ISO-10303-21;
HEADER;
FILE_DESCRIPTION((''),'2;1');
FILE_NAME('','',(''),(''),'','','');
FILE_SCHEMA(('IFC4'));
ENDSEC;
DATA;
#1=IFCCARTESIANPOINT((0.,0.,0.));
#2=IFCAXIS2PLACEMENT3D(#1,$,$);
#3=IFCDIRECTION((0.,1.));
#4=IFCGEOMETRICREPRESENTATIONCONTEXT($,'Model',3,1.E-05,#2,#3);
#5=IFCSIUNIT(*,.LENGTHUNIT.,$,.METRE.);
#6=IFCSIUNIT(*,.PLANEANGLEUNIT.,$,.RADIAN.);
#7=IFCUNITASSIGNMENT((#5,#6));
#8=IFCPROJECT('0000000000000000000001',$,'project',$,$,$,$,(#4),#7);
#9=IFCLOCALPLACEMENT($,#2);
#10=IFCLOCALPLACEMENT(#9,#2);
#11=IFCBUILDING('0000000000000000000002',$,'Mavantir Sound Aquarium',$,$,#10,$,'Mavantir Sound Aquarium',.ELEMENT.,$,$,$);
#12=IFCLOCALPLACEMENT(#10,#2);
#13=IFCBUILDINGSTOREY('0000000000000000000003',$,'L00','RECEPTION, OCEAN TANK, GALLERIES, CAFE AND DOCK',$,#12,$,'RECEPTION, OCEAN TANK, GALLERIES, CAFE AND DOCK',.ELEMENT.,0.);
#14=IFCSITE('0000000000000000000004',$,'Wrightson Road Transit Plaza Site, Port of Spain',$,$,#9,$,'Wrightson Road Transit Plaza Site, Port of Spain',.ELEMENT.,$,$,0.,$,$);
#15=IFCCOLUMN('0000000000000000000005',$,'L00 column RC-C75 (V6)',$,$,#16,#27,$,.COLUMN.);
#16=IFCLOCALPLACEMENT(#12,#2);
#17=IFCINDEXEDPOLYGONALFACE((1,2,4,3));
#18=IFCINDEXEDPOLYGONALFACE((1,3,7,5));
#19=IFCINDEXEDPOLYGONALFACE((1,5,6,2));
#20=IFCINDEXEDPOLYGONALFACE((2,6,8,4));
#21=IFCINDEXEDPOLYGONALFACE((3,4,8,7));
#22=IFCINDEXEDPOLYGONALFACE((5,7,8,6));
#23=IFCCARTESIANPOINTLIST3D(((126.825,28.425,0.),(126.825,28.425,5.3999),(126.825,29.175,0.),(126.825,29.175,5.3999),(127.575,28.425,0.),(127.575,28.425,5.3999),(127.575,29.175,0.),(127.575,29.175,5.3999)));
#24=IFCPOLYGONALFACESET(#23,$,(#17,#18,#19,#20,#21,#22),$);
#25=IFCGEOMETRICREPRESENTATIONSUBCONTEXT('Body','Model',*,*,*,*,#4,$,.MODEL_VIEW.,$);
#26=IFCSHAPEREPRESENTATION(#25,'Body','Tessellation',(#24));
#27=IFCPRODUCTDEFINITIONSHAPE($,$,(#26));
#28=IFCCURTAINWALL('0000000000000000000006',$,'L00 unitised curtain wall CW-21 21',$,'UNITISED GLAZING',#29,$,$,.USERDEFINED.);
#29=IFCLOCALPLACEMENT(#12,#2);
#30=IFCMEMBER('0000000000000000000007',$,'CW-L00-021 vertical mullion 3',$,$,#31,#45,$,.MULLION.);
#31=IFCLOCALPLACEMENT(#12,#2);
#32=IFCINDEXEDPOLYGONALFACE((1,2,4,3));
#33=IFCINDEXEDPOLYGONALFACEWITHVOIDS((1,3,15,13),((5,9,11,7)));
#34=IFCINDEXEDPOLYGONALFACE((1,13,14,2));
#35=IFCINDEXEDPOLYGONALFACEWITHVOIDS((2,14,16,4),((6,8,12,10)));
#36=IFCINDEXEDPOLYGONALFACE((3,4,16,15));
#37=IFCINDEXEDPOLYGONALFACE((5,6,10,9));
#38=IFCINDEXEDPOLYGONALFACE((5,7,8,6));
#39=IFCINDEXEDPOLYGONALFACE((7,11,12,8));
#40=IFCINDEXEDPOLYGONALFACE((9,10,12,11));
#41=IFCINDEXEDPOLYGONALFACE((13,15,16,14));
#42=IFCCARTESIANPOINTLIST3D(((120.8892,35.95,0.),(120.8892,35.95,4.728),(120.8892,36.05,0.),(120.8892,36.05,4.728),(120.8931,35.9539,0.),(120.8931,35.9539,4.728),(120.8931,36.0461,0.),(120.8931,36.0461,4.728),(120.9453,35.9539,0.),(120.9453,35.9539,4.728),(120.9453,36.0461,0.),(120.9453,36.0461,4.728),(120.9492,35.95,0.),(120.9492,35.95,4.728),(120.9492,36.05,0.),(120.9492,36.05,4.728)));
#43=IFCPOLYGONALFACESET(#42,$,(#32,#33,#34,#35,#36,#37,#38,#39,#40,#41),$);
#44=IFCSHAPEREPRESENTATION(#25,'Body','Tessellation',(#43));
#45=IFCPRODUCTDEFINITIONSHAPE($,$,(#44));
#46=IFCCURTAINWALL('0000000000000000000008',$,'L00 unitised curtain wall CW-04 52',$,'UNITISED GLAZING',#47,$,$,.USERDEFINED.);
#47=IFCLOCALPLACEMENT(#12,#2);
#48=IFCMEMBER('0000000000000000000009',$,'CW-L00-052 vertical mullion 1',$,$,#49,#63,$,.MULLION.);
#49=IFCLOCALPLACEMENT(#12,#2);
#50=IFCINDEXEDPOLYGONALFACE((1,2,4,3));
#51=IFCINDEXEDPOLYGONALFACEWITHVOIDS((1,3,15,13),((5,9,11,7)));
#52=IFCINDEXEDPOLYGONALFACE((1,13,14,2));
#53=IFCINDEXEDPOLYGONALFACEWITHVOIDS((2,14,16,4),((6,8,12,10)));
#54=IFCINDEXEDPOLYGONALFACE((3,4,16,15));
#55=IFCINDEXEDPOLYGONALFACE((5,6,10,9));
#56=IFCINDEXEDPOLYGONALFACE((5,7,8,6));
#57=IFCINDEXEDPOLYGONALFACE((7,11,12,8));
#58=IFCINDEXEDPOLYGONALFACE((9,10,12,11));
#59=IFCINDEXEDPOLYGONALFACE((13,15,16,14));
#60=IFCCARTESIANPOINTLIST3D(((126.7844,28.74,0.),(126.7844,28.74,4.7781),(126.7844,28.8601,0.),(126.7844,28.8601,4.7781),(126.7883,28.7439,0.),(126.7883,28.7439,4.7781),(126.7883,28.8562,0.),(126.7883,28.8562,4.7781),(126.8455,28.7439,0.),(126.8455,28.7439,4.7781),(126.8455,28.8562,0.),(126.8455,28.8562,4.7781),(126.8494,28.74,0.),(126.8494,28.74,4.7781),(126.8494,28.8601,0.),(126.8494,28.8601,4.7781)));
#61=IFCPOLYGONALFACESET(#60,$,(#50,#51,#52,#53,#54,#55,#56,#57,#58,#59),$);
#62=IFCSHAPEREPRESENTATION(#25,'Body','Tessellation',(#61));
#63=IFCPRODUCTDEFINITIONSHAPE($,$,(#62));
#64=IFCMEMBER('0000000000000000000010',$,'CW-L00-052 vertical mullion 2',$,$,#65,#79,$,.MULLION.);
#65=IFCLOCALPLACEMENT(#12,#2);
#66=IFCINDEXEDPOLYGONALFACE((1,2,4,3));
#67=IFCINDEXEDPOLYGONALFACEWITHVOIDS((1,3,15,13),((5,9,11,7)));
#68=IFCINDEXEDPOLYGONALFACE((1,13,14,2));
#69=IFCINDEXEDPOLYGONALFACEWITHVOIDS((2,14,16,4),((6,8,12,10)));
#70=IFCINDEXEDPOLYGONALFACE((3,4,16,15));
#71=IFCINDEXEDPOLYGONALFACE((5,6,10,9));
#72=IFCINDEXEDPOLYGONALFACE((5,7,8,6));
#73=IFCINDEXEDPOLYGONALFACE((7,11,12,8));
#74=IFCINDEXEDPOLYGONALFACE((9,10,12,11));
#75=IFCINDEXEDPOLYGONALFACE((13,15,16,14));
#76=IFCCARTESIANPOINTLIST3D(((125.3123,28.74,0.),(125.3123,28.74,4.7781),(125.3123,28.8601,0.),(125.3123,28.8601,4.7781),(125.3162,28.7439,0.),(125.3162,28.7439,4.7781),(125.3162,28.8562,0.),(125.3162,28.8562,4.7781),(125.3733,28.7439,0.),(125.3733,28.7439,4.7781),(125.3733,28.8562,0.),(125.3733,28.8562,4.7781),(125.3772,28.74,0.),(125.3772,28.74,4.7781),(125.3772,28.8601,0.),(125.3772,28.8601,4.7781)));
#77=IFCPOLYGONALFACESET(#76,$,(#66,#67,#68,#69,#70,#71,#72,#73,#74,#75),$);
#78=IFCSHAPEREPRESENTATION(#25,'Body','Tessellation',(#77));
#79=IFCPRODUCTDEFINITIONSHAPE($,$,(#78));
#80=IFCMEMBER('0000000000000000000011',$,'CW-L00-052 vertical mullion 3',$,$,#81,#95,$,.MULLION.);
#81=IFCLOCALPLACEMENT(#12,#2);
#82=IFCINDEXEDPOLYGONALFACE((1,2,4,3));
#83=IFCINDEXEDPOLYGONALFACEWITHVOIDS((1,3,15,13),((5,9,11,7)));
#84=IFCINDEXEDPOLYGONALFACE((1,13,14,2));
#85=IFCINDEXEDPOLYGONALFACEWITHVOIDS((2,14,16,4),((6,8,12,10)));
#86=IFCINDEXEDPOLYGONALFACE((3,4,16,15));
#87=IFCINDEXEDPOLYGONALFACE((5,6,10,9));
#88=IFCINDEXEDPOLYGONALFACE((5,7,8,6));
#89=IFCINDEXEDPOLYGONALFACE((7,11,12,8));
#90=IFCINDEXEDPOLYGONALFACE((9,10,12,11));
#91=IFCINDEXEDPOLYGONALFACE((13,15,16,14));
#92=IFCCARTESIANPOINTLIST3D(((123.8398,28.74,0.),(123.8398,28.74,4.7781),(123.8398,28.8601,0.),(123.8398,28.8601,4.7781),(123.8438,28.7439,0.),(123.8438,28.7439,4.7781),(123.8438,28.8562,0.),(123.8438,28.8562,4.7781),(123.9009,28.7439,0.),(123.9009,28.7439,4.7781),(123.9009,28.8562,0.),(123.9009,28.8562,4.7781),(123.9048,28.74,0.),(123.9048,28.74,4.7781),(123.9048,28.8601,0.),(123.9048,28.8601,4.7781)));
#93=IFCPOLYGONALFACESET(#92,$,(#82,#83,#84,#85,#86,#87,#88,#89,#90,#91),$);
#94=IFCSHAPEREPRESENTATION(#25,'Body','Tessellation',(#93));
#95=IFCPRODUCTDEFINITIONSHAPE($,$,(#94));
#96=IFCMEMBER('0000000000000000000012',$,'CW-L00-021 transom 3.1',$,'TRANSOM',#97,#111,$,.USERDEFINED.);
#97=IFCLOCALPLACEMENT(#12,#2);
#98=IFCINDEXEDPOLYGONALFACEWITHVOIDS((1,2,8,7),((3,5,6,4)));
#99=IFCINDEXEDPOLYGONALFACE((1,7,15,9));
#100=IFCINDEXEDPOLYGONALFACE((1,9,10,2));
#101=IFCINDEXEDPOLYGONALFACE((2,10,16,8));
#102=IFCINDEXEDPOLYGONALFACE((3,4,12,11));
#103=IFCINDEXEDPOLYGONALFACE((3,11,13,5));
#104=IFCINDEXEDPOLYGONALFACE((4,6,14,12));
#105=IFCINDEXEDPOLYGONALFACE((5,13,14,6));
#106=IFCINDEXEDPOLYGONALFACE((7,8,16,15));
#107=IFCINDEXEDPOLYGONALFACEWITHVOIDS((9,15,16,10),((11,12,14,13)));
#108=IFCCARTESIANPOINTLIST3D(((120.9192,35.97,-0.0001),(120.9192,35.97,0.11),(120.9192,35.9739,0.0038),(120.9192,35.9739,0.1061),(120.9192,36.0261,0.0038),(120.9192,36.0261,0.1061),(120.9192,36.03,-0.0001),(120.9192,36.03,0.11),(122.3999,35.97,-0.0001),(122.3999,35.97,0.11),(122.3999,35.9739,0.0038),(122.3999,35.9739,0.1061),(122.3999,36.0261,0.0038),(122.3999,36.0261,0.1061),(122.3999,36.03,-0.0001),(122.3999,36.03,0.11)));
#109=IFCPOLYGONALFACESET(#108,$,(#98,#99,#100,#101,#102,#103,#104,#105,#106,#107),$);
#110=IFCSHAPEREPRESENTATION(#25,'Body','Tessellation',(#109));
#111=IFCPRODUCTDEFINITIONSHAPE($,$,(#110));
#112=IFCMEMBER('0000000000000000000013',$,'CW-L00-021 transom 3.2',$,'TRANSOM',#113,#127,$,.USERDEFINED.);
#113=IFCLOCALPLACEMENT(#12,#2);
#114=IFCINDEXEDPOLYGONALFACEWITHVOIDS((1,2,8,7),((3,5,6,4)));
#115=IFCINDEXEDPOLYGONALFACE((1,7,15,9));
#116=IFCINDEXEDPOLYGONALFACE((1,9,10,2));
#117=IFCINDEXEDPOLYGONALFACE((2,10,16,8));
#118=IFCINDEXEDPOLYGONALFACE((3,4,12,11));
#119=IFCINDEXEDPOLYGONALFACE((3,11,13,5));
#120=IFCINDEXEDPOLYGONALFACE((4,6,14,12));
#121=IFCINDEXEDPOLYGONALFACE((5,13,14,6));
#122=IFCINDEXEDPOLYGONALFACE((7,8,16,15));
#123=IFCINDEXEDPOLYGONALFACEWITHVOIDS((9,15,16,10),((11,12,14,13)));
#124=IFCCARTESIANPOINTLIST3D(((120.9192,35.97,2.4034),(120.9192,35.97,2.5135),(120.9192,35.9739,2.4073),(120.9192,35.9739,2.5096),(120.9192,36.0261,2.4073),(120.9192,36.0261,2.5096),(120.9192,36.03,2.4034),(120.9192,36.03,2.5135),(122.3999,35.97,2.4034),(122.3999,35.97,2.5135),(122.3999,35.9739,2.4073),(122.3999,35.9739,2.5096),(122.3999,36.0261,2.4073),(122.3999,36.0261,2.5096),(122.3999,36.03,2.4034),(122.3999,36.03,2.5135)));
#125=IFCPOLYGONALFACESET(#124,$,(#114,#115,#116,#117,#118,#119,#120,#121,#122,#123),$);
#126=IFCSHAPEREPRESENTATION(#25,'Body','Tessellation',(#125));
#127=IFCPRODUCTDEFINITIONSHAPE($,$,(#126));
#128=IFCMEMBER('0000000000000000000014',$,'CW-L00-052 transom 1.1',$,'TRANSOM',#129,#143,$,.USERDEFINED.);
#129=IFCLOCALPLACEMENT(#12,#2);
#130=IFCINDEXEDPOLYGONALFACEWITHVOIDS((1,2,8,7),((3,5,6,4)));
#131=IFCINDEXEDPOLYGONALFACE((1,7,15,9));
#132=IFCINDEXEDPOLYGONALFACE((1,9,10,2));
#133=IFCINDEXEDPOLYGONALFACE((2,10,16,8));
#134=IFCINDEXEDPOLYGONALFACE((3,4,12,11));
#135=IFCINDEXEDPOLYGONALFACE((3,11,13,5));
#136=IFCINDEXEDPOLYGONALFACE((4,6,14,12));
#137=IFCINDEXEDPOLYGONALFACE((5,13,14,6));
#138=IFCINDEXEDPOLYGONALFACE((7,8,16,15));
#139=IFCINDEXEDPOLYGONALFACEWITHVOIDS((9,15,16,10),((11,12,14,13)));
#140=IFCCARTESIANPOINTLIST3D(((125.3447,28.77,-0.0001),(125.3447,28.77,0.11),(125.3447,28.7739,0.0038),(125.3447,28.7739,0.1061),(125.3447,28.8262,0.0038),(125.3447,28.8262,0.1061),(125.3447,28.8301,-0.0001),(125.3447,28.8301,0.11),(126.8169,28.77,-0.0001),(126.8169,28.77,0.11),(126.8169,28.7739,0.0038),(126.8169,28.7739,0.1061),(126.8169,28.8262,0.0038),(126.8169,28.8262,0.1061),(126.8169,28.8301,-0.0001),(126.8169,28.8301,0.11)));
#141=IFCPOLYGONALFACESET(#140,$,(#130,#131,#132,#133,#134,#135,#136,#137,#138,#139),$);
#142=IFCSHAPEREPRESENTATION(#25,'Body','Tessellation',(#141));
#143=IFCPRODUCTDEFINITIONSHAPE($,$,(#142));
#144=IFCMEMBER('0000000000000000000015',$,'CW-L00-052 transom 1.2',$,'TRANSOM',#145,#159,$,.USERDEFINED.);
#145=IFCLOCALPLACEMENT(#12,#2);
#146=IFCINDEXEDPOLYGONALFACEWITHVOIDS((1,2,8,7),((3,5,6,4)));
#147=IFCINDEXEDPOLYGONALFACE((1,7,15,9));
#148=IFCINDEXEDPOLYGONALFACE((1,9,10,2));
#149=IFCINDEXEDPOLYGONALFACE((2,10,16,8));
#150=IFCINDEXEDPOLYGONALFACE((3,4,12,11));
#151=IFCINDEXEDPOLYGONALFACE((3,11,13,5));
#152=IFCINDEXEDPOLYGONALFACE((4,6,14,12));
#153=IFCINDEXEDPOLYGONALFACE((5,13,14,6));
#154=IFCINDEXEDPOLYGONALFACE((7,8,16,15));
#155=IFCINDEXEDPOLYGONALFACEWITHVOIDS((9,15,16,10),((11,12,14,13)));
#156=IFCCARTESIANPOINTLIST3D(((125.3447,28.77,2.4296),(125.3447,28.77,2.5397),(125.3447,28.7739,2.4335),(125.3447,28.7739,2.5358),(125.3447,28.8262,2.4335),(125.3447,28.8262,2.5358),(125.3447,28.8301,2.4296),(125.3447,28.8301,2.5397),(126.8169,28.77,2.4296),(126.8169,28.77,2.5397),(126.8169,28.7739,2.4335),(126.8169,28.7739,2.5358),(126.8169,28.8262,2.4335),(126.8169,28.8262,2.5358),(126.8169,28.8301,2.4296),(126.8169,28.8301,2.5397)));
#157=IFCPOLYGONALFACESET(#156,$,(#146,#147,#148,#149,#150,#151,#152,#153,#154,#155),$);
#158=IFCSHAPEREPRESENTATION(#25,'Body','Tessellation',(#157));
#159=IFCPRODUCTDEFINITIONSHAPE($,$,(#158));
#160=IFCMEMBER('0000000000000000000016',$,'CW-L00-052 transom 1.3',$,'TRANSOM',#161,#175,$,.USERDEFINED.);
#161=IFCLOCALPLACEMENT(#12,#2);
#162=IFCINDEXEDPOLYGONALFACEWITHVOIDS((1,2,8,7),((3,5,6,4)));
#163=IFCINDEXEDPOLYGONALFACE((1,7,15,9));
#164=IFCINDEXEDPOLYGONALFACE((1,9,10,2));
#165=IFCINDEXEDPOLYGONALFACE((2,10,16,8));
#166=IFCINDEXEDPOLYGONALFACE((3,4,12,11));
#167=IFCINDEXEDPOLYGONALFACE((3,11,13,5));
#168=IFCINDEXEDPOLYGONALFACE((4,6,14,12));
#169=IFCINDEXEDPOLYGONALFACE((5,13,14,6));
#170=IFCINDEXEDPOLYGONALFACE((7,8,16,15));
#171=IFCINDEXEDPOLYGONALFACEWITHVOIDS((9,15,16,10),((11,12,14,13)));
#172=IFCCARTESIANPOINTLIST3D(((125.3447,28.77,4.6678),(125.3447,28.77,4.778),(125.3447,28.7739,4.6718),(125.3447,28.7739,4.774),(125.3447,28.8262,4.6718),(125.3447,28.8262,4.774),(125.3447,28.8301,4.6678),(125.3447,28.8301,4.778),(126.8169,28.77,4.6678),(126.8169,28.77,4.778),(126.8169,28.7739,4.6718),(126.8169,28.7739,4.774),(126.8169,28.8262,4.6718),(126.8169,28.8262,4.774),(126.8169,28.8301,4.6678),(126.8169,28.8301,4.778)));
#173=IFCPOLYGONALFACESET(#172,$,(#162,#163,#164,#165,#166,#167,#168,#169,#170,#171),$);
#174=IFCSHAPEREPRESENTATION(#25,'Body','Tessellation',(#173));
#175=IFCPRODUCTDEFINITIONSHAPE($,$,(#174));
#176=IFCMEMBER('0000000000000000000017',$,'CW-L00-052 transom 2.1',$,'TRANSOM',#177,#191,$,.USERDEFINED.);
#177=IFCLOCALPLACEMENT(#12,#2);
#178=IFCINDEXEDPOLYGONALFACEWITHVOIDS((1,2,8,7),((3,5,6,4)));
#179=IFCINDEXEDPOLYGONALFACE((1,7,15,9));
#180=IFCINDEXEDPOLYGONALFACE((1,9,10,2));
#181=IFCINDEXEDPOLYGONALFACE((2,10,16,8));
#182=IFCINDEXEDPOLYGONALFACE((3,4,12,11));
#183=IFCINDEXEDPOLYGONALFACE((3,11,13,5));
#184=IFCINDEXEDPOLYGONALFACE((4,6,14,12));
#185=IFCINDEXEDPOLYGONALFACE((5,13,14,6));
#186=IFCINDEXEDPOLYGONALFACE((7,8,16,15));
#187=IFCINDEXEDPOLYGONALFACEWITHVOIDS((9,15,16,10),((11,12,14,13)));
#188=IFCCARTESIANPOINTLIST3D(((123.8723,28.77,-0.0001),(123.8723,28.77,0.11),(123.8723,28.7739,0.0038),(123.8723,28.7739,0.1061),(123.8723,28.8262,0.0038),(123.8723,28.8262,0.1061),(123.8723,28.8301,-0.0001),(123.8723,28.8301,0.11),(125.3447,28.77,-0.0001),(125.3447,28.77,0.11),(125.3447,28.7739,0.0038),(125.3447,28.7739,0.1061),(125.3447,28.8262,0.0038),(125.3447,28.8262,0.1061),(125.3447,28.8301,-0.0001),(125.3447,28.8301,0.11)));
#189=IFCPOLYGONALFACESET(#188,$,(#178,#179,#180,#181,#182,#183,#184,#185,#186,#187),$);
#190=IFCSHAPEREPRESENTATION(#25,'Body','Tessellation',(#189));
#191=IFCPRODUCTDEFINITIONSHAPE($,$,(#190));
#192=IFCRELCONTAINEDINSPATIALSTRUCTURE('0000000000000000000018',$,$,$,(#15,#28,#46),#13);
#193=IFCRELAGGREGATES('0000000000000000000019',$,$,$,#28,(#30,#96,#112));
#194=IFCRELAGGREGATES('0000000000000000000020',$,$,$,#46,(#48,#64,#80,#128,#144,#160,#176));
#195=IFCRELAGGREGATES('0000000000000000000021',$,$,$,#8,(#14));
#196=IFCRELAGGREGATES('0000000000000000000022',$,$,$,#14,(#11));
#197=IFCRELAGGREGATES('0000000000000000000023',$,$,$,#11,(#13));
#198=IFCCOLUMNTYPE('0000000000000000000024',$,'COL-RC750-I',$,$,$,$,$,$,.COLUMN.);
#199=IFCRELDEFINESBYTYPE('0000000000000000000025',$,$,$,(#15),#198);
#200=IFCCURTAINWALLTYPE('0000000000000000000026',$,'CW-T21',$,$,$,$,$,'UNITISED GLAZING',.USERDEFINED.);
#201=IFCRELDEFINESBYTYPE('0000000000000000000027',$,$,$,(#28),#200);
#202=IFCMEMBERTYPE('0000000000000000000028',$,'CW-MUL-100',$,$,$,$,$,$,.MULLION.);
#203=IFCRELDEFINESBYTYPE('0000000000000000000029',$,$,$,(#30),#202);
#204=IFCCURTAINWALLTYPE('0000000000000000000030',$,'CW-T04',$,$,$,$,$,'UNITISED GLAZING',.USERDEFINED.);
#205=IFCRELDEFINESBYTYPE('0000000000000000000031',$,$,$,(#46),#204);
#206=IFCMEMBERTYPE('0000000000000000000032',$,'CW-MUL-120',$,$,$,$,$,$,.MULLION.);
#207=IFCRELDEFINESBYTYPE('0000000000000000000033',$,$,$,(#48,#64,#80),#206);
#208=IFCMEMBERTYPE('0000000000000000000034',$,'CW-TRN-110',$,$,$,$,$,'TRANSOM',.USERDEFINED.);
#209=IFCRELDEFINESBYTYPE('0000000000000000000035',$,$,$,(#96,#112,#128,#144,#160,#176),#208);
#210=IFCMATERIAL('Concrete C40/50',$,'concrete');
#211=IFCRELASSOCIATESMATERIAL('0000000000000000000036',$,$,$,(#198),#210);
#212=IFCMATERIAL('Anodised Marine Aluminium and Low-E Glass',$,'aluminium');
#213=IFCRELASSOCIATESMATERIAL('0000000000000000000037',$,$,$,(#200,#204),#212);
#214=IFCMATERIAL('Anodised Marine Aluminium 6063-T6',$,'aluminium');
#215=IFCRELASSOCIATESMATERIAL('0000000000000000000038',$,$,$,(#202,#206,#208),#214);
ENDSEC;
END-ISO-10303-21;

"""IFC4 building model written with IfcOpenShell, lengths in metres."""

from ifc_helpers import new_model, si_unit, direction, frame, origin, origin_2d, place, context, subcontext, project, spatial, rectangle, hollow_rectangle, extrude, material, material_profile, profile_set, type_object, element, aggregate, save


model = new_model("IFC4")

# Units and contexts
model_context = context("Model", 3, precision=1e-05, world=origin(), true_north=direction((0.0, 1.0)))
body_context = subcontext(model_context, "Body", "Model", "MODEL_VIEW")
ifc_project = project(units=[si_unit("LENGTHUNIT", "METRE"), si_unit("PLANEANGLEUNIT", "RADIAN")], contexts=[model_context])

# Site, building, storey
site_placement = place(None, origin())
site = spatial("IfcSite", under=ifc_project, at=site_placement, Name="Wrightson Road Transit Plaza Site, Port of Spain", LongName="Wrightson Road Transit Plaza Site, Port of Spain", CompositionType="ELEMENT", RefElevation=0.0)
building_placement = place(site_placement, origin())
building = spatial("IfcBuilding", under=site, at=building_placement, Name="Mavantir Sound Aquarium", LongName="Mavantir Sound Aquarium", CompositionType="ELEMENT")
storey_placement = place(building_placement, origin())
storey = spatial("IfcBuildingStorey", under=building, at=storey_placement, Name="L00", Description="RECEPTION, OCEAN TANK, GALLERIES, CAFE AND DOCK", LongName="RECEPTION, OCEAN TANK, GALLERIES, CAFE AND DOCK", CompositionType="ELEMENT", Elevation=0.0)

# Column
ifc_material_1 = material(Name="Concrete C40/50", Category="concrete")
ifc_material_profile_1 = material_profile(ifc_material_1, rectangle(XDim=0.75, YDim=0.75, at=origin_2d()), Name="RC 750X750")
ifc_profile_set_1 = profile_set([ifc_material_profile_1], Name="Concrete C40/50")
column_type = type_object("IfcColumnType", Name="COL-RC750-I", PredefinedType="COLUMN", material=ifc_profile_set_1)
column_placement = place(storey_placement, frame((127.2, 28.8, 0.0), z_axis=(0.0, 0.0, 1.0), x_axis=(1.0, 0.0, 0.0)))
element("IfcColumn", 1, at=column_placement, inside=storey, type_object=column_type, Name="L00 column RC-C75 (V6)", PredefinedType="COLUMN", context=body_context, shape_type="SweptSolid", body=[
    extrude(rectangle(XDim=0.75, YDim=0.75, at=origin_2d()), origin(), (0.0, 0.0, 1.0), 5.3999),
])

# Curtain wall, member
ifc_material_2 = material(Name="Anodised Marine Aluminium and Low-E Glass", Category="aluminium")
curtain_wall_type_1 = type_object("IfcCurtainWallType", Name="CW-T21", ElementType="UNITISED GLAZING", PredefinedType="USERDEFINED", material=ifc_material_2)
curtain_wall_1_placement = place(storey_placement, origin())
curtain_wall_1 = element("IfcCurtainWall", 2, at=curtain_wall_1_placement, inside=storey, type_object=curtain_wall_type_1, Name="L00 unitised curtain wall CW-21 21", ObjectType="UNITISED GLAZING", PredefinedType="USERDEFINED")
ifc_material_3 = material(Name="Anodised Marine Aluminium 6063-T6", Category="aluminium")
ifc_material_profile_2 = material_profile(ifc_material_3, hollow_rectangle(XDim=0.0601, YDim=0.1001, WallThickness=0.0039, at=origin_2d()), Name="ALU-MULLION-100X60")
ifc_profile_set_2 = profile_set([ifc_material_profile_2], Name="Anodised Marine Aluminium 6063-T6")
member_type_1 = type_object("IfcMemberType", Name="CW-MUL-100", PredefinedType="MULLION", material=ifc_profile_set_2)
member_1_placement = place(storey_placement, frame((120.9192, 36.0, 0.0), z_axis=(0.0, 0.0, 1.0), x_axis=(1.0, 0.0, 0.0)))
member_1 = element("IfcMember", 3, at=member_1_placement, type_object=member_type_1, Name="CW-L00-021 vertical mullion 3", PredefinedType="MULLION", context=body_context, shape_type="SweptSolid", body=[
    extrude(hollow_rectangle(XDim=0.0601, YDim=0.1001, WallThickness=0.0039, at=origin_2d()), origin(), (0.0, 0.0, 1.0), 4.728),
])

# Curtain wall, members
curtain_wall_type_2 = type_object("IfcCurtainWallType", Name="CW-T04", ElementType="UNITISED GLAZING", PredefinedType="USERDEFINED", material=ifc_material_2)
curtain_wall_2_placement = place(storey_placement, origin())
curtain_wall_2 = element("IfcCurtainWall", 4, at=curtain_wall_2_placement, inside=storey, type_object=curtain_wall_type_2, Name="L00 unitised curtain wall CW-04 52", ObjectType="UNITISED GLAZING", PredefinedType="USERDEFINED")
ifc_material_profile_3 = material_profile(ifc_material_3, hollow_rectangle(XDim=0.0649, YDim=0.1201, WallThickness=0.0039, at=origin_2d()), Name="ALU-MULLION-120X65")
ifc_profile_set_3 = profile_set([ifc_material_profile_3], Name="Anodised Marine Aluminium 6063-T6")
member_type_2 = type_object("IfcMemberType", Name="CW-MUL-120", PredefinedType="MULLION", material=ifc_profile_set_3)
member_2_placement = place(storey_placement, frame((126.8169, 28.8, 0.0), z_axis=(0.0, 0.0, 1.0), x_axis=(1.0, 0.0, 0.0)))
member_2 = element("IfcMember", 5, at=member_2_placement, type_object=member_type_2, Name="CW-L00-052 vertical mullion 1", PredefinedType="MULLION", context=body_context, shape_type="SweptSolid", body=[
    extrude(hollow_rectangle(XDim=0.0649, YDim=0.1201, WallThickness=0.0039, at=origin_2d()), origin(), (0.0, 0.0, 1.0), 4.7781),
])
member_3_placement = place(storey_placement, frame((125.3447, 28.8, 0.0), z_axis=(0.0, 0.0, 1.0), x_axis=(1.0, 0.0, 0.0)))
member_3 = element("IfcMember", 6, at=member_3_placement, type_object=member_type_2, Name="CW-L00-052 vertical mullion 2", PredefinedType="MULLION", context=body_context, shape_type="SweptSolid", body=[
    extrude(hollow_rectangle(XDim=0.0649, YDim=0.1201, WallThickness=0.0039, at=origin_2d()), origin(), (0.0, 0.0, 1.0), 4.7781),
])
member_4_placement = place(storey_placement, frame((123.8723, 28.8, 0.0), z_axis=(0.0, 0.0, 1.0), x_axis=(1.0, 0.0, 0.0)))
member_4 = element("IfcMember", 7, at=member_4_placement, type_object=member_type_2, Name="CW-L00-052 vertical mullion 3", PredefinedType="MULLION", context=body_context, shape_type="SweptSolid", body=[
    extrude(hollow_rectangle(XDim=0.0649, YDim=0.1201, WallThickness=0.0039, at=origin_2d()), origin(), (0.0, 0.0, 1.0), 4.7781),
])

# Members
ifc_material_profile_4 = material_profile(ifc_material_3, hollow_rectangle(XDim=0.0601, YDim=0.1101, WallThickness=0.0039, at=origin_2d()), Name="ALU-TRANSOM-110X60")
ifc_profile_set_4 = profile_set([ifc_material_profile_4], Name="Anodised Marine Aluminium 6063-T6")
member_type_3 = type_object("IfcMemberType", Name="CW-TRN-110", ElementType="TRANSOM", PredefinedType="USERDEFINED", material=ifc_profile_set_4)
member_5_placement = place(storey_placement, frame((120.9192, 36.0, 0.0549), z_axis=(1.0, 0.0, 0.0), x_axis=(0.0, 1.0, 0.0)))
member_5 = element("IfcMember", 8, at=member_5_placement, type_object=member_type_3, Name="CW-L00-021 transom 3.1", ObjectType="TRANSOM", PredefinedType="USERDEFINED", context=body_context, shape_type="SweptSolid", body=[
    extrude(hollow_rectangle(XDim=0.0601, YDim=0.1101, WallThickness=0.0039, at=origin_2d()), origin(), (0.0, 0.0, 1.0), 1.4807),
])
member_6_placement = place(storey_placement, frame((120.9192, 36.0, 2.4585), z_axis=(1.0, 0.0, 0.0), x_axis=(0.0, 1.0, 0.0)))
member_6 = element("IfcMember", 9, at=member_6_placement, type_object=member_type_3, Name="CW-L00-021 transom 3.2", ObjectType="TRANSOM", PredefinedType="USERDEFINED", context=body_context, shape_type="SweptSolid", body=[
    extrude(hollow_rectangle(XDim=0.0601, YDim=0.1101, WallThickness=0.0039, at=origin_2d()), origin(), (0.0, 0.0, 1.0), 1.4807),
])
member_7_placement = place(storey_placement, frame((126.8169, 28.8, 0.0549), z_axis=(-1.0, 0.0, 0.0), x_axis=(0.0, -1.0, 0.0)))
member_7 = element("IfcMember", 10, at=member_7_placement, type_object=member_type_3, Name="CW-L00-052 transom 1.1", ObjectType="TRANSOM", PredefinedType="USERDEFINED", context=body_context, shape_type="SweptSolid", body=[
    extrude(hollow_rectangle(XDim=0.0601, YDim=0.1101, WallThickness=0.0039, at=origin_2d()), origin(), (0.0, 0.0, 1.0), 1.4722),
])
member_8_placement = place(storey_placement, frame((126.8169, 28.8, 2.4846), z_axis=(-1.0, 0.0, 0.0), x_axis=(0.0, -1.0, 0.0)))
member_8 = element("IfcMember", 11, at=member_8_placement, type_object=member_type_3, Name="CW-L00-052 transom 1.2", ObjectType="TRANSOM", PredefinedType="USERDEFINED", context=body_context, shape_type="SweptSolid", body=[
    extrude(hollow_rectangle(XDim=0.0601, YDim=0.1101, WallThickness=0.0039, at=origin_2d()), origin(), (0.0, 0.0, 1.0), 1.4722),
])
member_9_placement = place(storey_placement, frame((126.8169, 28.8, 4.7229), z_axis=(-1.0, 0.0, 0.0), x_axis=(0.0, -1.0, 0.0)))
member_9 = element("IfcMember", 12, at=member_9_placement, type_object=member_type_3, Name="CW-L00-052 transom 1.3", ObjectType="TRANSOM", PredefinedType="USERDEFINED", context=body_context, shape_type="SweptSolid", body=[
    extrude(hollow_rectangle(XDim=0.0601, YDim=0.1101, WallThickness=0.0039, at=origin_2d()), origin(), (0.0, 0.0, 1.0), 1.4722),
])
member_10_placement = place(storey_placement, frame((125.3447, 28.8, 0.0549), z_axis=(-1.0, 0.0, 0.0), x_axis=(0.0, -1.0, 0.0)))
member_10 = element("IfcMember", 13, at=member_10_placement, type_object=member_type_3, Name="CW-L00-052 transom 2.1", ObjectType="TRANSOM", PredefinedType="USERDEFINED", context=body_context, shape_type="SweptSolid", body=[
    extrude(hollow_rectangle(XDim=0.0601, YDim=0.1101, WallThickness=0.0039, at=origin_2d()), origin(), (0.0, 0.0, 1.0), 1.4724),
])

aggregate(curtain_wall_1, [member_1, member_5, member_6])
aggregate(curtain_wall_2, [member_2, member_3, member_4, member_7, member_8, member_9, member_10])

save(model, "model.ifc")
